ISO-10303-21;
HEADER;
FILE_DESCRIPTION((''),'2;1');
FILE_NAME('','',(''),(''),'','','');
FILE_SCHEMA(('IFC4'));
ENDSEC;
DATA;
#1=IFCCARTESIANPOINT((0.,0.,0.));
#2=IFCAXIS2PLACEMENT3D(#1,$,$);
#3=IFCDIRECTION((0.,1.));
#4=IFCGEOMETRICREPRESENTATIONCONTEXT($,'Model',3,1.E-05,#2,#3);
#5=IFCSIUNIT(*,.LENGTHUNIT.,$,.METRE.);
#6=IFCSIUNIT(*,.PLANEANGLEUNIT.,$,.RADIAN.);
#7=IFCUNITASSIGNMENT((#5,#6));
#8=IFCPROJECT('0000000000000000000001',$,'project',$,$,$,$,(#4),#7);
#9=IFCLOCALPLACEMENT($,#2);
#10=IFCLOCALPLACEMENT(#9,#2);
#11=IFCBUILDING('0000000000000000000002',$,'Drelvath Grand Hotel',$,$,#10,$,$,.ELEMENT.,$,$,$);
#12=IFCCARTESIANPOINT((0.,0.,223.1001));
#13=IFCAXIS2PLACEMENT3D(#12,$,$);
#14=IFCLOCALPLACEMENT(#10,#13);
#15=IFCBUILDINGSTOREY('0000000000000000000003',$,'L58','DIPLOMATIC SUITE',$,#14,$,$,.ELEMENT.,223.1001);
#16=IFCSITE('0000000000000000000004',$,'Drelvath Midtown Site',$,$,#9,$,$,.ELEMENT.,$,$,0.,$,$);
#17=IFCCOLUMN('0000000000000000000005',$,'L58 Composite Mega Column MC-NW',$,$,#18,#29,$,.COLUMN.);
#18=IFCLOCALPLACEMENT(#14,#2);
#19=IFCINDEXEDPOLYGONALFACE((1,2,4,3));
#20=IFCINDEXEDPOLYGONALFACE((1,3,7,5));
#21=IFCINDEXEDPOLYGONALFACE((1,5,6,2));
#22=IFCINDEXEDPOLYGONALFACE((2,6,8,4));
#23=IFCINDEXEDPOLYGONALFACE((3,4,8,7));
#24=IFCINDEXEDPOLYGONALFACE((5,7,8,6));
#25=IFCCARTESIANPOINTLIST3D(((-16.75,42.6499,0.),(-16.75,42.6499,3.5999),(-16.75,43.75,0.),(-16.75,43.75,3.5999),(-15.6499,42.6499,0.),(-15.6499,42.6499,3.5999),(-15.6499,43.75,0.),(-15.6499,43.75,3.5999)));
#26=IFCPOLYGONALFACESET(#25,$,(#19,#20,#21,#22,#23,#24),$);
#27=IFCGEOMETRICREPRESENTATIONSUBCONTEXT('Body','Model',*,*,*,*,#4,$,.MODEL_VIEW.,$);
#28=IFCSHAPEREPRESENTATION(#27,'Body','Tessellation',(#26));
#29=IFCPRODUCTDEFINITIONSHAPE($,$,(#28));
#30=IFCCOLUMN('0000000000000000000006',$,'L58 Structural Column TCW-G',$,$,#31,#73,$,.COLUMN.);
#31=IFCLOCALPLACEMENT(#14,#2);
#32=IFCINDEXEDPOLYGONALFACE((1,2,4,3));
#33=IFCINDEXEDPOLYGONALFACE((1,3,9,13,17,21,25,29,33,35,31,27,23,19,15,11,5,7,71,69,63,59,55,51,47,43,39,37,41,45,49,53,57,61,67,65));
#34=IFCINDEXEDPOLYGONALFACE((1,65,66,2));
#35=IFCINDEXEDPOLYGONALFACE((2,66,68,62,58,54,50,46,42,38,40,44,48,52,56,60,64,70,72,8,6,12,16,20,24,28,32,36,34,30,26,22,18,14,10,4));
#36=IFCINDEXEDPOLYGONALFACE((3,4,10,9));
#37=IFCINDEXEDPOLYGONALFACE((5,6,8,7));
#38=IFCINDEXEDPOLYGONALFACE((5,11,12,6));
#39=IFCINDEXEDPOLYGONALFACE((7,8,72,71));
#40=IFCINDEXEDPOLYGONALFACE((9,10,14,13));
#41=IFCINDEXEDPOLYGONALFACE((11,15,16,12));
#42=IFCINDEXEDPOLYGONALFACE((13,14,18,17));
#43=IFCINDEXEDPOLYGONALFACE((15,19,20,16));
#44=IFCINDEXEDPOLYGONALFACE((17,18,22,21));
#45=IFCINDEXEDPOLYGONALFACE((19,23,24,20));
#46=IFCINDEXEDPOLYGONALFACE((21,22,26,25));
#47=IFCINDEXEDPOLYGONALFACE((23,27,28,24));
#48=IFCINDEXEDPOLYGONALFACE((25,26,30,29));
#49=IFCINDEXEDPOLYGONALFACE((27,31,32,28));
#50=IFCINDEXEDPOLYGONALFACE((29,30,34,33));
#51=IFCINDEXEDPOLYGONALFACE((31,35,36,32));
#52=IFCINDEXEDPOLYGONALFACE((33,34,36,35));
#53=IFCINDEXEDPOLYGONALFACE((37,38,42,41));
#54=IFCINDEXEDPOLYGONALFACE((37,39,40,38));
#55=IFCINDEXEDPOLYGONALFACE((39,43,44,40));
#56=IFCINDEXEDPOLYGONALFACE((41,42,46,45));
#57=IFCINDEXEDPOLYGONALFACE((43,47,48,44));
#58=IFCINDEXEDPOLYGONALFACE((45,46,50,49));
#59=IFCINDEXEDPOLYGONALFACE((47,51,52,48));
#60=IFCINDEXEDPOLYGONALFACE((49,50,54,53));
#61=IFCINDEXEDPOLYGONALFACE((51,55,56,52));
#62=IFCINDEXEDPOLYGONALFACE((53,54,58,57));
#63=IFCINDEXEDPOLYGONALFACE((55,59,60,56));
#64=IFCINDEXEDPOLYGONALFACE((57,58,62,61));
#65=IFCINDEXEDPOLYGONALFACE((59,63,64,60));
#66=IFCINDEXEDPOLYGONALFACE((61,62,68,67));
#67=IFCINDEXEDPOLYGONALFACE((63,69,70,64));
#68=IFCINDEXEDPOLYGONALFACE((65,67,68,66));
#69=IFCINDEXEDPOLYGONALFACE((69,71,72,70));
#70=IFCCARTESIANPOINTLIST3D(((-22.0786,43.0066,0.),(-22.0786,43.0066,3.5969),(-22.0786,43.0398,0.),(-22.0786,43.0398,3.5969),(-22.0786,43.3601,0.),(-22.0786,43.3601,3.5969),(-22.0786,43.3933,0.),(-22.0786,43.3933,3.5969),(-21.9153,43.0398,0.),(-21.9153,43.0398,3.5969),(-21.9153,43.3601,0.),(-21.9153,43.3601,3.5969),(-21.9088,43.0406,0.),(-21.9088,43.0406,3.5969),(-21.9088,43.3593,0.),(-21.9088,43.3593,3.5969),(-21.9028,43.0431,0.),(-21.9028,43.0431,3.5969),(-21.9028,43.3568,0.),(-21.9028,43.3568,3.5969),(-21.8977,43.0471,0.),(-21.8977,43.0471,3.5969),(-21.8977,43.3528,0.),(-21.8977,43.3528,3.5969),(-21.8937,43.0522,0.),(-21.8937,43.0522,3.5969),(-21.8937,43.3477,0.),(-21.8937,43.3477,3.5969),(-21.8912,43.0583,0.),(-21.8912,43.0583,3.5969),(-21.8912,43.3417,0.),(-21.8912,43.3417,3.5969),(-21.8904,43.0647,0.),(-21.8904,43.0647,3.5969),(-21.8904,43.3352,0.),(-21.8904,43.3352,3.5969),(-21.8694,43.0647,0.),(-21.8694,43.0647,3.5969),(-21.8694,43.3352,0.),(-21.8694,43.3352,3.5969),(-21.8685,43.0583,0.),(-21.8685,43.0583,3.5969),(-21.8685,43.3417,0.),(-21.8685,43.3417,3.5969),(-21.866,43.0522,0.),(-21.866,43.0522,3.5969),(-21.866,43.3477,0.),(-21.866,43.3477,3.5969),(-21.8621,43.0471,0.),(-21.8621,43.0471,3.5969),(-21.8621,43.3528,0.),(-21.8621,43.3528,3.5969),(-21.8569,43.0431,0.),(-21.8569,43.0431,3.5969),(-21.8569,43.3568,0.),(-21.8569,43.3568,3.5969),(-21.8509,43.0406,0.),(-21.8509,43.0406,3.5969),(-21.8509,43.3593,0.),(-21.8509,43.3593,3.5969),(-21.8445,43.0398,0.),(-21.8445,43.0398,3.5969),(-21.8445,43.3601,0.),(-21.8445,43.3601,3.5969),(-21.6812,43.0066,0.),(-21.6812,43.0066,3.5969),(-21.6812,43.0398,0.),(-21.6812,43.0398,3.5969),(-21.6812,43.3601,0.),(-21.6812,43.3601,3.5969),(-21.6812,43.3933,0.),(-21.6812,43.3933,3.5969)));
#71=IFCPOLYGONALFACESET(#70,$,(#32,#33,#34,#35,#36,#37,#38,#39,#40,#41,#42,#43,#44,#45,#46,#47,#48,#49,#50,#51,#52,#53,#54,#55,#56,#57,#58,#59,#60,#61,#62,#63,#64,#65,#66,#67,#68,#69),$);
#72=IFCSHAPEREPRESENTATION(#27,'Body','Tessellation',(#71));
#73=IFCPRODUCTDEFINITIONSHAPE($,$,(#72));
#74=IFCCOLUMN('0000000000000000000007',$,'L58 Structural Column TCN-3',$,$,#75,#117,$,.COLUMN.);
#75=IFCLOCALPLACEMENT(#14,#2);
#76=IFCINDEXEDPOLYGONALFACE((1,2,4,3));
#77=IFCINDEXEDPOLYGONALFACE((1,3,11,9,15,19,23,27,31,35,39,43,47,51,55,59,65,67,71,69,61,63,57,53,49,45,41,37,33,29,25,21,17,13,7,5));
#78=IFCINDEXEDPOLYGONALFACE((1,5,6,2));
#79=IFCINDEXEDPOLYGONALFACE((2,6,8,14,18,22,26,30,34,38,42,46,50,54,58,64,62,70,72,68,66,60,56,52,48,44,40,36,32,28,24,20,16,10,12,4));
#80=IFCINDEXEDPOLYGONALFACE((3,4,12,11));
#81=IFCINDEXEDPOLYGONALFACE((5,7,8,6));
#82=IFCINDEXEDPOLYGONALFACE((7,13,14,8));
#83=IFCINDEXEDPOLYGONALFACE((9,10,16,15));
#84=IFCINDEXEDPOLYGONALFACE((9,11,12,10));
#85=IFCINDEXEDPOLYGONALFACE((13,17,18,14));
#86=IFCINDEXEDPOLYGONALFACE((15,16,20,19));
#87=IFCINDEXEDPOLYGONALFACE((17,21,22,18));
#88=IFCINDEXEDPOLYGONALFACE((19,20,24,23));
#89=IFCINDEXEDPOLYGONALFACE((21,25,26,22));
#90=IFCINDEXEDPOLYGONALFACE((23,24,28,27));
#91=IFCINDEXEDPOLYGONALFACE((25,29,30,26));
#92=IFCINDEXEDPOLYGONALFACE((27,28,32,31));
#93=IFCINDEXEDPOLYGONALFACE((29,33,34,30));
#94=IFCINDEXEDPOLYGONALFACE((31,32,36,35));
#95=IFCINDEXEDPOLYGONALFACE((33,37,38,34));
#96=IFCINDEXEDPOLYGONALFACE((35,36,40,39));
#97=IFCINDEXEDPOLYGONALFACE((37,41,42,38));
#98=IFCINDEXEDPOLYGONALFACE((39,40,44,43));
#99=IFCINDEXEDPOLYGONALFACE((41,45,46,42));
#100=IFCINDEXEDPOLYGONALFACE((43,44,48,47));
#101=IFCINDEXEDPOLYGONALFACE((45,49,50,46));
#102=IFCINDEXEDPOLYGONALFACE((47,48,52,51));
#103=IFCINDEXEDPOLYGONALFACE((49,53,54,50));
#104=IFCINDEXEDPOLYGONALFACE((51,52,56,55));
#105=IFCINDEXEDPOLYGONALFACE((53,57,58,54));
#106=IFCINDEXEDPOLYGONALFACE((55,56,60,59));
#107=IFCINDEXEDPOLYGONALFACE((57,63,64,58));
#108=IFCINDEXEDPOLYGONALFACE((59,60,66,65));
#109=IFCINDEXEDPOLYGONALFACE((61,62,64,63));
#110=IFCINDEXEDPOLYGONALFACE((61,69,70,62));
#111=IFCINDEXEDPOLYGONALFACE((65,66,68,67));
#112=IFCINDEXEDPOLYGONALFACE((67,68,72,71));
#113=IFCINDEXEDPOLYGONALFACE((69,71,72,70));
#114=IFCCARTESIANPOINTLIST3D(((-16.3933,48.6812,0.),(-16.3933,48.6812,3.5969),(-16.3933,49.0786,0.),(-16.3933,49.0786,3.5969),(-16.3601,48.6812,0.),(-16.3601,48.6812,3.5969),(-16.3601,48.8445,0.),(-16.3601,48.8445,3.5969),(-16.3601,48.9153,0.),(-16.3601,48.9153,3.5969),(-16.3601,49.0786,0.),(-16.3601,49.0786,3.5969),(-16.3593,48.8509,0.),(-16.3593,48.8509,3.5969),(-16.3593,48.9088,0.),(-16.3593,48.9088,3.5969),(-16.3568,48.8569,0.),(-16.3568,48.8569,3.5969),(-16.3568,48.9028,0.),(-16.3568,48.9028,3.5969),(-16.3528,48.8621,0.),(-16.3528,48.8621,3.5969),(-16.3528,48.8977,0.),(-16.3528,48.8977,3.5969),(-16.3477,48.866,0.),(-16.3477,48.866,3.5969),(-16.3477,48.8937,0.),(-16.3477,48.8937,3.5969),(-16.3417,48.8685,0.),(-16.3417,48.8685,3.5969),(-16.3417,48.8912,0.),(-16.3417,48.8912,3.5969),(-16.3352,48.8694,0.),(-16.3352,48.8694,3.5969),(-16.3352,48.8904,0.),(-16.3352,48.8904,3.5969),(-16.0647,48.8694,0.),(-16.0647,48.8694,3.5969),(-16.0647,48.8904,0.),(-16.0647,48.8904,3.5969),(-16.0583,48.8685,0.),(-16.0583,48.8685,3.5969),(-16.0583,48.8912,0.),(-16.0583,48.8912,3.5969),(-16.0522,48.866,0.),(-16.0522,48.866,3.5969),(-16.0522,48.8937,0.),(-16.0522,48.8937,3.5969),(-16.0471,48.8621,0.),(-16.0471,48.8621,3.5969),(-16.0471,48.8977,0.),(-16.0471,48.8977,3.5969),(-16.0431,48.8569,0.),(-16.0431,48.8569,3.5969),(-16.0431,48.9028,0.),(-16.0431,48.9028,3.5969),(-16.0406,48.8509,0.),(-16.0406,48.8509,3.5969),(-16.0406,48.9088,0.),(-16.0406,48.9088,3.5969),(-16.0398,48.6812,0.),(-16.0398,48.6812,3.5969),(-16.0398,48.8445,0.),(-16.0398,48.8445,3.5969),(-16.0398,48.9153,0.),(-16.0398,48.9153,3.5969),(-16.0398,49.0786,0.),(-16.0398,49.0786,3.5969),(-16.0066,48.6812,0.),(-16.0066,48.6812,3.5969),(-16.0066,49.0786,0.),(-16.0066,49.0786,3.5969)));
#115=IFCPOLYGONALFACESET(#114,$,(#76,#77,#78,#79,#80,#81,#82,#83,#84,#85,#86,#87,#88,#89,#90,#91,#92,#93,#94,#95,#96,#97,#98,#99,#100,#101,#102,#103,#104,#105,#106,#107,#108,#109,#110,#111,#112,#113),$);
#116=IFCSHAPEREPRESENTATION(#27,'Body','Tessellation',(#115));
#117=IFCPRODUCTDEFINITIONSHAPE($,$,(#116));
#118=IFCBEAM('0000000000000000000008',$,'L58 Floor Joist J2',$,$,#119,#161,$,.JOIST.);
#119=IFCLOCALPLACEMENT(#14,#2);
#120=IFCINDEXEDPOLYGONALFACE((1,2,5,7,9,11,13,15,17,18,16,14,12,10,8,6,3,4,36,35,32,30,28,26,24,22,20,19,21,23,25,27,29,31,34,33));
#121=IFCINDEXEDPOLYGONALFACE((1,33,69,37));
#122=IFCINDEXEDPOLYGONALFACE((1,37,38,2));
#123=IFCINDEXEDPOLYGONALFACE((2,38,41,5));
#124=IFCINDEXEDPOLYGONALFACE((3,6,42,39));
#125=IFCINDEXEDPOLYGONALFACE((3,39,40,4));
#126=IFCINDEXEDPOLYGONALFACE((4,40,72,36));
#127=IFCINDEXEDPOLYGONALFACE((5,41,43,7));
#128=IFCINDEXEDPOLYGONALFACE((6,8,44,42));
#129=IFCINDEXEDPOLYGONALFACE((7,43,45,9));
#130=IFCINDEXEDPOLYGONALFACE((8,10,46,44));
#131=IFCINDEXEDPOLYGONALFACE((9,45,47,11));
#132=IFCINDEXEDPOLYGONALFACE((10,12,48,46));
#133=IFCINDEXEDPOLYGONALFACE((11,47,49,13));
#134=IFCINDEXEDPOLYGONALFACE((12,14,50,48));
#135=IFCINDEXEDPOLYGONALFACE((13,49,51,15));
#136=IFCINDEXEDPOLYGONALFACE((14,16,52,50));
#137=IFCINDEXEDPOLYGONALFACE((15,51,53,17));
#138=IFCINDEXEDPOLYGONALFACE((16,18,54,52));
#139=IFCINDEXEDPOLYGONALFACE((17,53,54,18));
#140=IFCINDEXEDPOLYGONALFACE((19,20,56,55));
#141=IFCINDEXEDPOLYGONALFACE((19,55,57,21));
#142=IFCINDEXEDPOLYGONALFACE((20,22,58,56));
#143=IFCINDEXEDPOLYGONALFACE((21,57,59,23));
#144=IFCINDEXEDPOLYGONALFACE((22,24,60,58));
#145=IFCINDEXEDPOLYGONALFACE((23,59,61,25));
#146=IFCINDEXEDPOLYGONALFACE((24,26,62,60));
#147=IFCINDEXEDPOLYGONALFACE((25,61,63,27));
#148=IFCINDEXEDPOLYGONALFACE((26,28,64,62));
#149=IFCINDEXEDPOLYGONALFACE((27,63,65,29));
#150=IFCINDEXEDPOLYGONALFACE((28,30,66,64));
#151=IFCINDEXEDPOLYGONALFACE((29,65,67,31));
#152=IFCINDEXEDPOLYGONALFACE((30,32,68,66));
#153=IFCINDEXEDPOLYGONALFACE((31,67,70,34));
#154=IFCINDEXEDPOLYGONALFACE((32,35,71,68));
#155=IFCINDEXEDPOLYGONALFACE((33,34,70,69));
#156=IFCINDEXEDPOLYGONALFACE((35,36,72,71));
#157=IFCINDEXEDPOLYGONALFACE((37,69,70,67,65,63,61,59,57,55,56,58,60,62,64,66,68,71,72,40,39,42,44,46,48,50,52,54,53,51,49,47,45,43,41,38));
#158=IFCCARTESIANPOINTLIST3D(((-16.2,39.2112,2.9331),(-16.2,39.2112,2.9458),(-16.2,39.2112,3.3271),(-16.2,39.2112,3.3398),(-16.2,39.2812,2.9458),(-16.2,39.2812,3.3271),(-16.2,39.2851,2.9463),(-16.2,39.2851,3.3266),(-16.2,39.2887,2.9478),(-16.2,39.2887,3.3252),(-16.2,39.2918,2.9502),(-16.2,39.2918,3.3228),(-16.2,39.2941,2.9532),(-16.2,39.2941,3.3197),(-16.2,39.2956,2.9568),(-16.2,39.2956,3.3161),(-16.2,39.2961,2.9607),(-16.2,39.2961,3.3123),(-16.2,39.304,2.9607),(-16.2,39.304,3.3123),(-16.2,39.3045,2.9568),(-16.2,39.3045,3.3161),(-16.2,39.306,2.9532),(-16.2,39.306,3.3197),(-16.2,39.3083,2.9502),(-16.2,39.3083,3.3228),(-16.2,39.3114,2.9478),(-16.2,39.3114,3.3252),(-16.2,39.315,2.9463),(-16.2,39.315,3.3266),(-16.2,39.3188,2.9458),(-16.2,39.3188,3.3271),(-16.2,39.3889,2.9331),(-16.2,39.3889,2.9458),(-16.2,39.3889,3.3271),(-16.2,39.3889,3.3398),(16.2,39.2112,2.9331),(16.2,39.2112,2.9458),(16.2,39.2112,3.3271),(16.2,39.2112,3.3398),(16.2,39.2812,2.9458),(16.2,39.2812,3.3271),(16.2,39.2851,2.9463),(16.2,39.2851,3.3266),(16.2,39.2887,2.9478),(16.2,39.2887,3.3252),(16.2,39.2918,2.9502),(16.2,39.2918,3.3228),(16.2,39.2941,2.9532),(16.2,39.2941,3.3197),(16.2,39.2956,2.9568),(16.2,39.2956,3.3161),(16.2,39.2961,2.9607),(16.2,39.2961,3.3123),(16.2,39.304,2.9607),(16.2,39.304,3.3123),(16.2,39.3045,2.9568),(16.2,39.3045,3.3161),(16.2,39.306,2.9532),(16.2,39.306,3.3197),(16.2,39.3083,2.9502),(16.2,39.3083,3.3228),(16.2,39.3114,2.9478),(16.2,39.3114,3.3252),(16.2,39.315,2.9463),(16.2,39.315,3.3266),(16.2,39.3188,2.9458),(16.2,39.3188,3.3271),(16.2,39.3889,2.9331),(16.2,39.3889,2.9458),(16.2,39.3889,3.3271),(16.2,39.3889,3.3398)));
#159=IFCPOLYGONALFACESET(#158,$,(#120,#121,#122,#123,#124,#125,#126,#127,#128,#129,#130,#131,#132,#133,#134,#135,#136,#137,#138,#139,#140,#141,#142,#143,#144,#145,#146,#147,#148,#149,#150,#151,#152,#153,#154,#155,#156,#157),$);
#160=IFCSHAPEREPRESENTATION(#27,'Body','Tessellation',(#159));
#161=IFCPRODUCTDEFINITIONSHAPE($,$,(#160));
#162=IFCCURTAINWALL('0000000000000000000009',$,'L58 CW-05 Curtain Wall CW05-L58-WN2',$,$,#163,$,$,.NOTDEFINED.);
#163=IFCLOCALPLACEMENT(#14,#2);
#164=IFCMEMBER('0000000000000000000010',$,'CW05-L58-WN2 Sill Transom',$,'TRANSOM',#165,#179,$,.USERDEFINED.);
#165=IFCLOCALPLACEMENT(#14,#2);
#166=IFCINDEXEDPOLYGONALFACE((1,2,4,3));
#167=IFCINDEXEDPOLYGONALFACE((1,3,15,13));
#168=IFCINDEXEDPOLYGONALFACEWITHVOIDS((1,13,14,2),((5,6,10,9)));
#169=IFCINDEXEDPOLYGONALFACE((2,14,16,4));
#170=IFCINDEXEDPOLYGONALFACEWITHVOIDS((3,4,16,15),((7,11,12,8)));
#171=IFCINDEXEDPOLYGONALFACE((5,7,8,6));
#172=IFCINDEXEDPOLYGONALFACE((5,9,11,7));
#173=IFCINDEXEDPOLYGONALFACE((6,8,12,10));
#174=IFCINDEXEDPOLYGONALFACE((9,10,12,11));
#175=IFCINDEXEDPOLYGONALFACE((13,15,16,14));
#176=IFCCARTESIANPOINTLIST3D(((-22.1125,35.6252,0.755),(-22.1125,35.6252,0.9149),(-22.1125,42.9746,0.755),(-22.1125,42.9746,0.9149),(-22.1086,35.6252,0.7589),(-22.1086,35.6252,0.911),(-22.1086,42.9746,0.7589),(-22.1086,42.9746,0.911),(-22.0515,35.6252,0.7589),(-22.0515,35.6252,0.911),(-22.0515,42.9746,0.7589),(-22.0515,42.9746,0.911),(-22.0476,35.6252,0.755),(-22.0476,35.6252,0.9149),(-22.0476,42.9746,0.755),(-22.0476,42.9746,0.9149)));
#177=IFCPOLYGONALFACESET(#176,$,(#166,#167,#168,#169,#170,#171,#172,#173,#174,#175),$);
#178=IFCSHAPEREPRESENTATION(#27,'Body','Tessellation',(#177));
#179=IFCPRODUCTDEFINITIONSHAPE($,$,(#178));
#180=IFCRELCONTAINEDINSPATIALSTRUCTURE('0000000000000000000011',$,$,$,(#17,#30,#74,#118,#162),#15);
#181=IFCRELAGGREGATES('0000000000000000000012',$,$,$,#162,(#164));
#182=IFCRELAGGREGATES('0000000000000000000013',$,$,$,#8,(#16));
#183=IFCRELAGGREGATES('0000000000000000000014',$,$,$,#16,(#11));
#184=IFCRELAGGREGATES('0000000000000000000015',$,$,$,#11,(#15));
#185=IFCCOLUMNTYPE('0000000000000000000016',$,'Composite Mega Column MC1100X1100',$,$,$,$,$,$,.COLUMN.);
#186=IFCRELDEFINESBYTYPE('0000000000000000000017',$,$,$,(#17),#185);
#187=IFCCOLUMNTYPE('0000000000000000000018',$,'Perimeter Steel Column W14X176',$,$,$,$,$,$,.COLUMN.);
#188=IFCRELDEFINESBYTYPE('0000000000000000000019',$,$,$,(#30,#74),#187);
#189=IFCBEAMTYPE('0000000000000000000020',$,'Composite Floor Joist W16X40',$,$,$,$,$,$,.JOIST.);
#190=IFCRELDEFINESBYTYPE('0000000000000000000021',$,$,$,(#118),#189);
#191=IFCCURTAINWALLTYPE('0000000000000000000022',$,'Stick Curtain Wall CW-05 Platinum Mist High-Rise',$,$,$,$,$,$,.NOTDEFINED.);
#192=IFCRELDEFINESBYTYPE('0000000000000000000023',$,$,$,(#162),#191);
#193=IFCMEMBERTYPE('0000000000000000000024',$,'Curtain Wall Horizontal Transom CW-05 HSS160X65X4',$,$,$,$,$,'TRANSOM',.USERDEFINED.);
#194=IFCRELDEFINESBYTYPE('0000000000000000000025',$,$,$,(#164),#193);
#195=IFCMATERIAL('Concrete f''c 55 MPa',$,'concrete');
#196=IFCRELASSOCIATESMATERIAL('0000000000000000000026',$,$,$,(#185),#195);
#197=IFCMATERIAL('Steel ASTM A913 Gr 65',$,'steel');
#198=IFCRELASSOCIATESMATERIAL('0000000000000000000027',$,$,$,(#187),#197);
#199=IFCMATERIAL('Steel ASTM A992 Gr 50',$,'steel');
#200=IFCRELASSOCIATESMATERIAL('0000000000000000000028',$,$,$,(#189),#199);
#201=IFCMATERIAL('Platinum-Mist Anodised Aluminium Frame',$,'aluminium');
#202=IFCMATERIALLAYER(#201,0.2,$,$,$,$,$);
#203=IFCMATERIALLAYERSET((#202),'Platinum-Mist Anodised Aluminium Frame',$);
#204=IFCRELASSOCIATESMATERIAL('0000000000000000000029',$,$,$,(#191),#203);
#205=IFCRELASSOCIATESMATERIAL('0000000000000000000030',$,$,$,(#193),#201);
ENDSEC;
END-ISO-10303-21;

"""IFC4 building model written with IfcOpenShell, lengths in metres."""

from ifc_helpers import new_model, si_unit, direction, frame, origin, origin_2d, place, context, subcontext, project, spatial, rectangle, hollow_rectangle, i_section, extrude, material, layer, layer_set, material_profile, profile_set, type_object, element, aggregate, save


model = new_model("IFC4")

# Units and contexts
model_context = context("Model", 3, precision=1e-05, world=origin(), true_north=direction((0.0, 1.0)))
body_context = subcontext(model_context, "Body", "Model", "MODEL_VIEW")
ifc_project = project(units=[si_unit("LENGTHUNIT", "METRE"), si_unit("PLANEANGLEUNIT", "RADIAN")], contexts=[model_context])

# Site, building, storey
site_placement = place(None, origin())
site = spatial("IfcSite", under=ifc_project, at=site_placement, Name="Drelvath Midtown Site", CompositionType="ELEMENT", RefElevation=0.0)
building_placement = place(site_placement, origin())
building = spatial("IfcBuilding", under=site, at=building_placement, Name="Drelvath Grand Hotel", CompositionType="ELEMENT")
storey_placement = place(building_placement, frame((0.0, 0.0, 223.1001)))
storey = spatial("IfcBuildingStorey", under=building, at=storey_placement, Name="L58", Description="DIPLOMATIC SUITE", CompositionType="ELEMENT", Elevation=223.1001)

# Columns
ifc_material_1 = material(Name="Concrete f'c 55 MPa", Category="concrete")
ifc_material_profile_1 = material_profile(ifc_material_1, rectangle(XDim=1.1001, YDim=1.1001, at=origin_2d()), Name="MC1100X1100")
ifc_profile_set_1 = profile_set([ifc_material_profile_1], Name="Concrete f'c 55 MPa")
column_type_1 = type_object("IfcColumnType", Name="Composite Mega Column MC1100X1100", PredefinedType="COLUMN", material=ifc_profile_set_1)
column_placement = place(storey_placement, frame((-16.2, 43.2, 0.0), z_axis=(0.0, 0.0, 1.0), x_axis=(1.0, 0.0, 0.0)))
element("IfcColumn", 1, at=column_placement, inside=storey, type_object=column_type_1, Name="L58 Composite Mega Column MC-NW", PredefinedType="COLUMN", context=body_context, shape_type="SweptSolid", body=[
    extrude(rectangle(XDim=1.1001, YDim=1.1001, at=origin_2d()), origin(), (0.0, 0.0, 1.0), 3.5999),
])
ifc_material_2 = material(Name="Steel ASTM A913 Gr 65", Category="steel")
ifc_material_profile_2 = material_profile(ifc_material_2, i_section(OverallWidth=0.3975, OverallDepth=0.3867, WebThickness=0.021, FlangeThickness=0.0332, FilletRadius=0.0249, at=origin_2d()), Name="W14X176")
ifc_profile_set_2 = profile_set([ifc_material_profile_2], Name="Steel ASTM A913 Gr 65")
column_type_2 = type_object("IfcColumnType", Name="Perimeter Steel Column W14X176", PredefinedType="COLUMN", material=ifc_profile_set_2)
for number, where, z_axis, x_axis, name in (
    (2, (-21.8799, 43.2, 0.0), (0.0, 0.0, 1.0), (1.0, 0.0, 0.0), "L58 Structural Column TCW-G"),
    (3, (-16.2, 48.8799, 0.0), (0.0, 0.0, 1.0), (0.0, 1.0, 0.0), "L58 Structural Column TCN-3"),
):
    element("IfcColumn", number, at=place(storey_placement, frame(where, z_axis=z_axis, x_axis=x_axis)), inside=storey, type_object=column_type_2, Name=name, PredefinedType="COLUMN", context=body_context, shape_type="SweptSolid", body=[
        extrude(i_section(OverallWidth=0.3975, OverallDepth=0.3867, WebThickness=0.021, FlangeThickness=0.0332, FilletRadius=0.0249, at=origin_2d()), origin(), (0.0, 0.0, 1.0), 3.5969),
    ])

# Beam
ifc_material_3 = material(Name="Steel ASTM A992 Gr 50", Category="steel")
ifc_material_profile_3 = material_profile(ifc_material_3, i_section(OverallWidth=0.1777, OverallDepth=0.4067, WebThickness=0.0078, FlangeThickness=0.0127, FilletRadius=0.0149, at=origin_2d()), Name="W16X40")
ifc_profile_set_3 = profile_set([ifc_material_profile_3], Name="Steel ASTM A992 Gr 50")
beam_type_1 = type_object("IfcBeamType", Name="Composite Floor Joist W16X40", PredefinedType="JOIST", material=ifc_profile_set_3)
beam_1_placement = place(storey_placement, frame((-16.2, 39.3, 3.1365), z_axis=(1.0, 0.0, 0.0), x_axis=(0.0, 1.0, 0.0)))
element("IfcBeam", 4, at=beam_1_placement, inside=storey, type_object=beam_type_1, Name="L58 Floor Joist J2", PredefinedType="JOIST", context=body_context, shape_type="SweptSolid", body=[
    extrude(i_section(OverallWidth=0.1777, OverallDepth=0.4067, WebThickness=0.0078, FlangeThickness=0.0127, FilletRadius=0.0149, at=origin_2d()), origin(), (0.0, 0.0, 1.0), 32.3999),
])

# Curtain wall, member
ifc_material_4 = material(Name="Platinum-Mist Anodised Aluminium Frame", Category="aluminium")
ifc_layer_1 = layer(ifc_material_4, 0.2)
ifc_layer_set_1 = layer_set([ifc_layer_1], Name="Platinum-Mist Anodised Aluminium Frame")
curtain_wall_type = type_object("IfcCurtainWallType", Name="Stick Curtain Wall CW-05 Platinum Mist High-Rise", PredefinedType="NOTDEFINED", material=ifc_layer_set_1)
curtain_wall_placement = place(storey_placement, origin())
curtain_wall = element("IfcCurtainWall", 5, at=curtain_wall_placement, inside=storey, type_object=curtain_wall_type, Name="L58 CW-05 Curtain Wall CW05-L58-WN2", PredefinedType="NOTDEFINED")
ifc_material_profile_4 = material_profile(ifc_material_4, hollow_rectangle(XDim=0.0649, YDim=0.1599, WallThickness=0.0039, at=origin_2d()), Name="HSS160X65X4")
ifc_profile_set_4 = profile_set([ifc_material_profile_4], Name="Platinum-Mist Anodised Aluminium Frame")
member_type_1 = type_object("IfcMemberType", Name="Curtain Wall Horizontal Transom CW-05 HSS160X65X4", ElementType="TRANSOM", PredefinedType="USERDEFINED", material=ifc_profile_set_4)
member_1_placement = place(storey_placement, frame((-22.0801, 35.6252, 0.835), z_axis=(0.0, 1.0, 0.0), x_axis=(-1.0, 0.0, 0.0)))
member_1 = element("IfcMember", 6, at=member_1_placement, type_object=member_type_1, Name="CW05-L58-WN2 Sill Transom", ObjectType="TRANSOM", PredefinedType="USERDEFINED", context=body_context, shape_type="SweptSolid", body=[
    extrude(hollow_rectangle(XDim=0.0649, YDim=0.1599, WallThickness=0.0039, at=origin_2d()), origin(), (0.0, 0.0, 1.0), 7.3494),
])

aggregate(curtain_wall, [member_1])

save(model, "model.ifc")
